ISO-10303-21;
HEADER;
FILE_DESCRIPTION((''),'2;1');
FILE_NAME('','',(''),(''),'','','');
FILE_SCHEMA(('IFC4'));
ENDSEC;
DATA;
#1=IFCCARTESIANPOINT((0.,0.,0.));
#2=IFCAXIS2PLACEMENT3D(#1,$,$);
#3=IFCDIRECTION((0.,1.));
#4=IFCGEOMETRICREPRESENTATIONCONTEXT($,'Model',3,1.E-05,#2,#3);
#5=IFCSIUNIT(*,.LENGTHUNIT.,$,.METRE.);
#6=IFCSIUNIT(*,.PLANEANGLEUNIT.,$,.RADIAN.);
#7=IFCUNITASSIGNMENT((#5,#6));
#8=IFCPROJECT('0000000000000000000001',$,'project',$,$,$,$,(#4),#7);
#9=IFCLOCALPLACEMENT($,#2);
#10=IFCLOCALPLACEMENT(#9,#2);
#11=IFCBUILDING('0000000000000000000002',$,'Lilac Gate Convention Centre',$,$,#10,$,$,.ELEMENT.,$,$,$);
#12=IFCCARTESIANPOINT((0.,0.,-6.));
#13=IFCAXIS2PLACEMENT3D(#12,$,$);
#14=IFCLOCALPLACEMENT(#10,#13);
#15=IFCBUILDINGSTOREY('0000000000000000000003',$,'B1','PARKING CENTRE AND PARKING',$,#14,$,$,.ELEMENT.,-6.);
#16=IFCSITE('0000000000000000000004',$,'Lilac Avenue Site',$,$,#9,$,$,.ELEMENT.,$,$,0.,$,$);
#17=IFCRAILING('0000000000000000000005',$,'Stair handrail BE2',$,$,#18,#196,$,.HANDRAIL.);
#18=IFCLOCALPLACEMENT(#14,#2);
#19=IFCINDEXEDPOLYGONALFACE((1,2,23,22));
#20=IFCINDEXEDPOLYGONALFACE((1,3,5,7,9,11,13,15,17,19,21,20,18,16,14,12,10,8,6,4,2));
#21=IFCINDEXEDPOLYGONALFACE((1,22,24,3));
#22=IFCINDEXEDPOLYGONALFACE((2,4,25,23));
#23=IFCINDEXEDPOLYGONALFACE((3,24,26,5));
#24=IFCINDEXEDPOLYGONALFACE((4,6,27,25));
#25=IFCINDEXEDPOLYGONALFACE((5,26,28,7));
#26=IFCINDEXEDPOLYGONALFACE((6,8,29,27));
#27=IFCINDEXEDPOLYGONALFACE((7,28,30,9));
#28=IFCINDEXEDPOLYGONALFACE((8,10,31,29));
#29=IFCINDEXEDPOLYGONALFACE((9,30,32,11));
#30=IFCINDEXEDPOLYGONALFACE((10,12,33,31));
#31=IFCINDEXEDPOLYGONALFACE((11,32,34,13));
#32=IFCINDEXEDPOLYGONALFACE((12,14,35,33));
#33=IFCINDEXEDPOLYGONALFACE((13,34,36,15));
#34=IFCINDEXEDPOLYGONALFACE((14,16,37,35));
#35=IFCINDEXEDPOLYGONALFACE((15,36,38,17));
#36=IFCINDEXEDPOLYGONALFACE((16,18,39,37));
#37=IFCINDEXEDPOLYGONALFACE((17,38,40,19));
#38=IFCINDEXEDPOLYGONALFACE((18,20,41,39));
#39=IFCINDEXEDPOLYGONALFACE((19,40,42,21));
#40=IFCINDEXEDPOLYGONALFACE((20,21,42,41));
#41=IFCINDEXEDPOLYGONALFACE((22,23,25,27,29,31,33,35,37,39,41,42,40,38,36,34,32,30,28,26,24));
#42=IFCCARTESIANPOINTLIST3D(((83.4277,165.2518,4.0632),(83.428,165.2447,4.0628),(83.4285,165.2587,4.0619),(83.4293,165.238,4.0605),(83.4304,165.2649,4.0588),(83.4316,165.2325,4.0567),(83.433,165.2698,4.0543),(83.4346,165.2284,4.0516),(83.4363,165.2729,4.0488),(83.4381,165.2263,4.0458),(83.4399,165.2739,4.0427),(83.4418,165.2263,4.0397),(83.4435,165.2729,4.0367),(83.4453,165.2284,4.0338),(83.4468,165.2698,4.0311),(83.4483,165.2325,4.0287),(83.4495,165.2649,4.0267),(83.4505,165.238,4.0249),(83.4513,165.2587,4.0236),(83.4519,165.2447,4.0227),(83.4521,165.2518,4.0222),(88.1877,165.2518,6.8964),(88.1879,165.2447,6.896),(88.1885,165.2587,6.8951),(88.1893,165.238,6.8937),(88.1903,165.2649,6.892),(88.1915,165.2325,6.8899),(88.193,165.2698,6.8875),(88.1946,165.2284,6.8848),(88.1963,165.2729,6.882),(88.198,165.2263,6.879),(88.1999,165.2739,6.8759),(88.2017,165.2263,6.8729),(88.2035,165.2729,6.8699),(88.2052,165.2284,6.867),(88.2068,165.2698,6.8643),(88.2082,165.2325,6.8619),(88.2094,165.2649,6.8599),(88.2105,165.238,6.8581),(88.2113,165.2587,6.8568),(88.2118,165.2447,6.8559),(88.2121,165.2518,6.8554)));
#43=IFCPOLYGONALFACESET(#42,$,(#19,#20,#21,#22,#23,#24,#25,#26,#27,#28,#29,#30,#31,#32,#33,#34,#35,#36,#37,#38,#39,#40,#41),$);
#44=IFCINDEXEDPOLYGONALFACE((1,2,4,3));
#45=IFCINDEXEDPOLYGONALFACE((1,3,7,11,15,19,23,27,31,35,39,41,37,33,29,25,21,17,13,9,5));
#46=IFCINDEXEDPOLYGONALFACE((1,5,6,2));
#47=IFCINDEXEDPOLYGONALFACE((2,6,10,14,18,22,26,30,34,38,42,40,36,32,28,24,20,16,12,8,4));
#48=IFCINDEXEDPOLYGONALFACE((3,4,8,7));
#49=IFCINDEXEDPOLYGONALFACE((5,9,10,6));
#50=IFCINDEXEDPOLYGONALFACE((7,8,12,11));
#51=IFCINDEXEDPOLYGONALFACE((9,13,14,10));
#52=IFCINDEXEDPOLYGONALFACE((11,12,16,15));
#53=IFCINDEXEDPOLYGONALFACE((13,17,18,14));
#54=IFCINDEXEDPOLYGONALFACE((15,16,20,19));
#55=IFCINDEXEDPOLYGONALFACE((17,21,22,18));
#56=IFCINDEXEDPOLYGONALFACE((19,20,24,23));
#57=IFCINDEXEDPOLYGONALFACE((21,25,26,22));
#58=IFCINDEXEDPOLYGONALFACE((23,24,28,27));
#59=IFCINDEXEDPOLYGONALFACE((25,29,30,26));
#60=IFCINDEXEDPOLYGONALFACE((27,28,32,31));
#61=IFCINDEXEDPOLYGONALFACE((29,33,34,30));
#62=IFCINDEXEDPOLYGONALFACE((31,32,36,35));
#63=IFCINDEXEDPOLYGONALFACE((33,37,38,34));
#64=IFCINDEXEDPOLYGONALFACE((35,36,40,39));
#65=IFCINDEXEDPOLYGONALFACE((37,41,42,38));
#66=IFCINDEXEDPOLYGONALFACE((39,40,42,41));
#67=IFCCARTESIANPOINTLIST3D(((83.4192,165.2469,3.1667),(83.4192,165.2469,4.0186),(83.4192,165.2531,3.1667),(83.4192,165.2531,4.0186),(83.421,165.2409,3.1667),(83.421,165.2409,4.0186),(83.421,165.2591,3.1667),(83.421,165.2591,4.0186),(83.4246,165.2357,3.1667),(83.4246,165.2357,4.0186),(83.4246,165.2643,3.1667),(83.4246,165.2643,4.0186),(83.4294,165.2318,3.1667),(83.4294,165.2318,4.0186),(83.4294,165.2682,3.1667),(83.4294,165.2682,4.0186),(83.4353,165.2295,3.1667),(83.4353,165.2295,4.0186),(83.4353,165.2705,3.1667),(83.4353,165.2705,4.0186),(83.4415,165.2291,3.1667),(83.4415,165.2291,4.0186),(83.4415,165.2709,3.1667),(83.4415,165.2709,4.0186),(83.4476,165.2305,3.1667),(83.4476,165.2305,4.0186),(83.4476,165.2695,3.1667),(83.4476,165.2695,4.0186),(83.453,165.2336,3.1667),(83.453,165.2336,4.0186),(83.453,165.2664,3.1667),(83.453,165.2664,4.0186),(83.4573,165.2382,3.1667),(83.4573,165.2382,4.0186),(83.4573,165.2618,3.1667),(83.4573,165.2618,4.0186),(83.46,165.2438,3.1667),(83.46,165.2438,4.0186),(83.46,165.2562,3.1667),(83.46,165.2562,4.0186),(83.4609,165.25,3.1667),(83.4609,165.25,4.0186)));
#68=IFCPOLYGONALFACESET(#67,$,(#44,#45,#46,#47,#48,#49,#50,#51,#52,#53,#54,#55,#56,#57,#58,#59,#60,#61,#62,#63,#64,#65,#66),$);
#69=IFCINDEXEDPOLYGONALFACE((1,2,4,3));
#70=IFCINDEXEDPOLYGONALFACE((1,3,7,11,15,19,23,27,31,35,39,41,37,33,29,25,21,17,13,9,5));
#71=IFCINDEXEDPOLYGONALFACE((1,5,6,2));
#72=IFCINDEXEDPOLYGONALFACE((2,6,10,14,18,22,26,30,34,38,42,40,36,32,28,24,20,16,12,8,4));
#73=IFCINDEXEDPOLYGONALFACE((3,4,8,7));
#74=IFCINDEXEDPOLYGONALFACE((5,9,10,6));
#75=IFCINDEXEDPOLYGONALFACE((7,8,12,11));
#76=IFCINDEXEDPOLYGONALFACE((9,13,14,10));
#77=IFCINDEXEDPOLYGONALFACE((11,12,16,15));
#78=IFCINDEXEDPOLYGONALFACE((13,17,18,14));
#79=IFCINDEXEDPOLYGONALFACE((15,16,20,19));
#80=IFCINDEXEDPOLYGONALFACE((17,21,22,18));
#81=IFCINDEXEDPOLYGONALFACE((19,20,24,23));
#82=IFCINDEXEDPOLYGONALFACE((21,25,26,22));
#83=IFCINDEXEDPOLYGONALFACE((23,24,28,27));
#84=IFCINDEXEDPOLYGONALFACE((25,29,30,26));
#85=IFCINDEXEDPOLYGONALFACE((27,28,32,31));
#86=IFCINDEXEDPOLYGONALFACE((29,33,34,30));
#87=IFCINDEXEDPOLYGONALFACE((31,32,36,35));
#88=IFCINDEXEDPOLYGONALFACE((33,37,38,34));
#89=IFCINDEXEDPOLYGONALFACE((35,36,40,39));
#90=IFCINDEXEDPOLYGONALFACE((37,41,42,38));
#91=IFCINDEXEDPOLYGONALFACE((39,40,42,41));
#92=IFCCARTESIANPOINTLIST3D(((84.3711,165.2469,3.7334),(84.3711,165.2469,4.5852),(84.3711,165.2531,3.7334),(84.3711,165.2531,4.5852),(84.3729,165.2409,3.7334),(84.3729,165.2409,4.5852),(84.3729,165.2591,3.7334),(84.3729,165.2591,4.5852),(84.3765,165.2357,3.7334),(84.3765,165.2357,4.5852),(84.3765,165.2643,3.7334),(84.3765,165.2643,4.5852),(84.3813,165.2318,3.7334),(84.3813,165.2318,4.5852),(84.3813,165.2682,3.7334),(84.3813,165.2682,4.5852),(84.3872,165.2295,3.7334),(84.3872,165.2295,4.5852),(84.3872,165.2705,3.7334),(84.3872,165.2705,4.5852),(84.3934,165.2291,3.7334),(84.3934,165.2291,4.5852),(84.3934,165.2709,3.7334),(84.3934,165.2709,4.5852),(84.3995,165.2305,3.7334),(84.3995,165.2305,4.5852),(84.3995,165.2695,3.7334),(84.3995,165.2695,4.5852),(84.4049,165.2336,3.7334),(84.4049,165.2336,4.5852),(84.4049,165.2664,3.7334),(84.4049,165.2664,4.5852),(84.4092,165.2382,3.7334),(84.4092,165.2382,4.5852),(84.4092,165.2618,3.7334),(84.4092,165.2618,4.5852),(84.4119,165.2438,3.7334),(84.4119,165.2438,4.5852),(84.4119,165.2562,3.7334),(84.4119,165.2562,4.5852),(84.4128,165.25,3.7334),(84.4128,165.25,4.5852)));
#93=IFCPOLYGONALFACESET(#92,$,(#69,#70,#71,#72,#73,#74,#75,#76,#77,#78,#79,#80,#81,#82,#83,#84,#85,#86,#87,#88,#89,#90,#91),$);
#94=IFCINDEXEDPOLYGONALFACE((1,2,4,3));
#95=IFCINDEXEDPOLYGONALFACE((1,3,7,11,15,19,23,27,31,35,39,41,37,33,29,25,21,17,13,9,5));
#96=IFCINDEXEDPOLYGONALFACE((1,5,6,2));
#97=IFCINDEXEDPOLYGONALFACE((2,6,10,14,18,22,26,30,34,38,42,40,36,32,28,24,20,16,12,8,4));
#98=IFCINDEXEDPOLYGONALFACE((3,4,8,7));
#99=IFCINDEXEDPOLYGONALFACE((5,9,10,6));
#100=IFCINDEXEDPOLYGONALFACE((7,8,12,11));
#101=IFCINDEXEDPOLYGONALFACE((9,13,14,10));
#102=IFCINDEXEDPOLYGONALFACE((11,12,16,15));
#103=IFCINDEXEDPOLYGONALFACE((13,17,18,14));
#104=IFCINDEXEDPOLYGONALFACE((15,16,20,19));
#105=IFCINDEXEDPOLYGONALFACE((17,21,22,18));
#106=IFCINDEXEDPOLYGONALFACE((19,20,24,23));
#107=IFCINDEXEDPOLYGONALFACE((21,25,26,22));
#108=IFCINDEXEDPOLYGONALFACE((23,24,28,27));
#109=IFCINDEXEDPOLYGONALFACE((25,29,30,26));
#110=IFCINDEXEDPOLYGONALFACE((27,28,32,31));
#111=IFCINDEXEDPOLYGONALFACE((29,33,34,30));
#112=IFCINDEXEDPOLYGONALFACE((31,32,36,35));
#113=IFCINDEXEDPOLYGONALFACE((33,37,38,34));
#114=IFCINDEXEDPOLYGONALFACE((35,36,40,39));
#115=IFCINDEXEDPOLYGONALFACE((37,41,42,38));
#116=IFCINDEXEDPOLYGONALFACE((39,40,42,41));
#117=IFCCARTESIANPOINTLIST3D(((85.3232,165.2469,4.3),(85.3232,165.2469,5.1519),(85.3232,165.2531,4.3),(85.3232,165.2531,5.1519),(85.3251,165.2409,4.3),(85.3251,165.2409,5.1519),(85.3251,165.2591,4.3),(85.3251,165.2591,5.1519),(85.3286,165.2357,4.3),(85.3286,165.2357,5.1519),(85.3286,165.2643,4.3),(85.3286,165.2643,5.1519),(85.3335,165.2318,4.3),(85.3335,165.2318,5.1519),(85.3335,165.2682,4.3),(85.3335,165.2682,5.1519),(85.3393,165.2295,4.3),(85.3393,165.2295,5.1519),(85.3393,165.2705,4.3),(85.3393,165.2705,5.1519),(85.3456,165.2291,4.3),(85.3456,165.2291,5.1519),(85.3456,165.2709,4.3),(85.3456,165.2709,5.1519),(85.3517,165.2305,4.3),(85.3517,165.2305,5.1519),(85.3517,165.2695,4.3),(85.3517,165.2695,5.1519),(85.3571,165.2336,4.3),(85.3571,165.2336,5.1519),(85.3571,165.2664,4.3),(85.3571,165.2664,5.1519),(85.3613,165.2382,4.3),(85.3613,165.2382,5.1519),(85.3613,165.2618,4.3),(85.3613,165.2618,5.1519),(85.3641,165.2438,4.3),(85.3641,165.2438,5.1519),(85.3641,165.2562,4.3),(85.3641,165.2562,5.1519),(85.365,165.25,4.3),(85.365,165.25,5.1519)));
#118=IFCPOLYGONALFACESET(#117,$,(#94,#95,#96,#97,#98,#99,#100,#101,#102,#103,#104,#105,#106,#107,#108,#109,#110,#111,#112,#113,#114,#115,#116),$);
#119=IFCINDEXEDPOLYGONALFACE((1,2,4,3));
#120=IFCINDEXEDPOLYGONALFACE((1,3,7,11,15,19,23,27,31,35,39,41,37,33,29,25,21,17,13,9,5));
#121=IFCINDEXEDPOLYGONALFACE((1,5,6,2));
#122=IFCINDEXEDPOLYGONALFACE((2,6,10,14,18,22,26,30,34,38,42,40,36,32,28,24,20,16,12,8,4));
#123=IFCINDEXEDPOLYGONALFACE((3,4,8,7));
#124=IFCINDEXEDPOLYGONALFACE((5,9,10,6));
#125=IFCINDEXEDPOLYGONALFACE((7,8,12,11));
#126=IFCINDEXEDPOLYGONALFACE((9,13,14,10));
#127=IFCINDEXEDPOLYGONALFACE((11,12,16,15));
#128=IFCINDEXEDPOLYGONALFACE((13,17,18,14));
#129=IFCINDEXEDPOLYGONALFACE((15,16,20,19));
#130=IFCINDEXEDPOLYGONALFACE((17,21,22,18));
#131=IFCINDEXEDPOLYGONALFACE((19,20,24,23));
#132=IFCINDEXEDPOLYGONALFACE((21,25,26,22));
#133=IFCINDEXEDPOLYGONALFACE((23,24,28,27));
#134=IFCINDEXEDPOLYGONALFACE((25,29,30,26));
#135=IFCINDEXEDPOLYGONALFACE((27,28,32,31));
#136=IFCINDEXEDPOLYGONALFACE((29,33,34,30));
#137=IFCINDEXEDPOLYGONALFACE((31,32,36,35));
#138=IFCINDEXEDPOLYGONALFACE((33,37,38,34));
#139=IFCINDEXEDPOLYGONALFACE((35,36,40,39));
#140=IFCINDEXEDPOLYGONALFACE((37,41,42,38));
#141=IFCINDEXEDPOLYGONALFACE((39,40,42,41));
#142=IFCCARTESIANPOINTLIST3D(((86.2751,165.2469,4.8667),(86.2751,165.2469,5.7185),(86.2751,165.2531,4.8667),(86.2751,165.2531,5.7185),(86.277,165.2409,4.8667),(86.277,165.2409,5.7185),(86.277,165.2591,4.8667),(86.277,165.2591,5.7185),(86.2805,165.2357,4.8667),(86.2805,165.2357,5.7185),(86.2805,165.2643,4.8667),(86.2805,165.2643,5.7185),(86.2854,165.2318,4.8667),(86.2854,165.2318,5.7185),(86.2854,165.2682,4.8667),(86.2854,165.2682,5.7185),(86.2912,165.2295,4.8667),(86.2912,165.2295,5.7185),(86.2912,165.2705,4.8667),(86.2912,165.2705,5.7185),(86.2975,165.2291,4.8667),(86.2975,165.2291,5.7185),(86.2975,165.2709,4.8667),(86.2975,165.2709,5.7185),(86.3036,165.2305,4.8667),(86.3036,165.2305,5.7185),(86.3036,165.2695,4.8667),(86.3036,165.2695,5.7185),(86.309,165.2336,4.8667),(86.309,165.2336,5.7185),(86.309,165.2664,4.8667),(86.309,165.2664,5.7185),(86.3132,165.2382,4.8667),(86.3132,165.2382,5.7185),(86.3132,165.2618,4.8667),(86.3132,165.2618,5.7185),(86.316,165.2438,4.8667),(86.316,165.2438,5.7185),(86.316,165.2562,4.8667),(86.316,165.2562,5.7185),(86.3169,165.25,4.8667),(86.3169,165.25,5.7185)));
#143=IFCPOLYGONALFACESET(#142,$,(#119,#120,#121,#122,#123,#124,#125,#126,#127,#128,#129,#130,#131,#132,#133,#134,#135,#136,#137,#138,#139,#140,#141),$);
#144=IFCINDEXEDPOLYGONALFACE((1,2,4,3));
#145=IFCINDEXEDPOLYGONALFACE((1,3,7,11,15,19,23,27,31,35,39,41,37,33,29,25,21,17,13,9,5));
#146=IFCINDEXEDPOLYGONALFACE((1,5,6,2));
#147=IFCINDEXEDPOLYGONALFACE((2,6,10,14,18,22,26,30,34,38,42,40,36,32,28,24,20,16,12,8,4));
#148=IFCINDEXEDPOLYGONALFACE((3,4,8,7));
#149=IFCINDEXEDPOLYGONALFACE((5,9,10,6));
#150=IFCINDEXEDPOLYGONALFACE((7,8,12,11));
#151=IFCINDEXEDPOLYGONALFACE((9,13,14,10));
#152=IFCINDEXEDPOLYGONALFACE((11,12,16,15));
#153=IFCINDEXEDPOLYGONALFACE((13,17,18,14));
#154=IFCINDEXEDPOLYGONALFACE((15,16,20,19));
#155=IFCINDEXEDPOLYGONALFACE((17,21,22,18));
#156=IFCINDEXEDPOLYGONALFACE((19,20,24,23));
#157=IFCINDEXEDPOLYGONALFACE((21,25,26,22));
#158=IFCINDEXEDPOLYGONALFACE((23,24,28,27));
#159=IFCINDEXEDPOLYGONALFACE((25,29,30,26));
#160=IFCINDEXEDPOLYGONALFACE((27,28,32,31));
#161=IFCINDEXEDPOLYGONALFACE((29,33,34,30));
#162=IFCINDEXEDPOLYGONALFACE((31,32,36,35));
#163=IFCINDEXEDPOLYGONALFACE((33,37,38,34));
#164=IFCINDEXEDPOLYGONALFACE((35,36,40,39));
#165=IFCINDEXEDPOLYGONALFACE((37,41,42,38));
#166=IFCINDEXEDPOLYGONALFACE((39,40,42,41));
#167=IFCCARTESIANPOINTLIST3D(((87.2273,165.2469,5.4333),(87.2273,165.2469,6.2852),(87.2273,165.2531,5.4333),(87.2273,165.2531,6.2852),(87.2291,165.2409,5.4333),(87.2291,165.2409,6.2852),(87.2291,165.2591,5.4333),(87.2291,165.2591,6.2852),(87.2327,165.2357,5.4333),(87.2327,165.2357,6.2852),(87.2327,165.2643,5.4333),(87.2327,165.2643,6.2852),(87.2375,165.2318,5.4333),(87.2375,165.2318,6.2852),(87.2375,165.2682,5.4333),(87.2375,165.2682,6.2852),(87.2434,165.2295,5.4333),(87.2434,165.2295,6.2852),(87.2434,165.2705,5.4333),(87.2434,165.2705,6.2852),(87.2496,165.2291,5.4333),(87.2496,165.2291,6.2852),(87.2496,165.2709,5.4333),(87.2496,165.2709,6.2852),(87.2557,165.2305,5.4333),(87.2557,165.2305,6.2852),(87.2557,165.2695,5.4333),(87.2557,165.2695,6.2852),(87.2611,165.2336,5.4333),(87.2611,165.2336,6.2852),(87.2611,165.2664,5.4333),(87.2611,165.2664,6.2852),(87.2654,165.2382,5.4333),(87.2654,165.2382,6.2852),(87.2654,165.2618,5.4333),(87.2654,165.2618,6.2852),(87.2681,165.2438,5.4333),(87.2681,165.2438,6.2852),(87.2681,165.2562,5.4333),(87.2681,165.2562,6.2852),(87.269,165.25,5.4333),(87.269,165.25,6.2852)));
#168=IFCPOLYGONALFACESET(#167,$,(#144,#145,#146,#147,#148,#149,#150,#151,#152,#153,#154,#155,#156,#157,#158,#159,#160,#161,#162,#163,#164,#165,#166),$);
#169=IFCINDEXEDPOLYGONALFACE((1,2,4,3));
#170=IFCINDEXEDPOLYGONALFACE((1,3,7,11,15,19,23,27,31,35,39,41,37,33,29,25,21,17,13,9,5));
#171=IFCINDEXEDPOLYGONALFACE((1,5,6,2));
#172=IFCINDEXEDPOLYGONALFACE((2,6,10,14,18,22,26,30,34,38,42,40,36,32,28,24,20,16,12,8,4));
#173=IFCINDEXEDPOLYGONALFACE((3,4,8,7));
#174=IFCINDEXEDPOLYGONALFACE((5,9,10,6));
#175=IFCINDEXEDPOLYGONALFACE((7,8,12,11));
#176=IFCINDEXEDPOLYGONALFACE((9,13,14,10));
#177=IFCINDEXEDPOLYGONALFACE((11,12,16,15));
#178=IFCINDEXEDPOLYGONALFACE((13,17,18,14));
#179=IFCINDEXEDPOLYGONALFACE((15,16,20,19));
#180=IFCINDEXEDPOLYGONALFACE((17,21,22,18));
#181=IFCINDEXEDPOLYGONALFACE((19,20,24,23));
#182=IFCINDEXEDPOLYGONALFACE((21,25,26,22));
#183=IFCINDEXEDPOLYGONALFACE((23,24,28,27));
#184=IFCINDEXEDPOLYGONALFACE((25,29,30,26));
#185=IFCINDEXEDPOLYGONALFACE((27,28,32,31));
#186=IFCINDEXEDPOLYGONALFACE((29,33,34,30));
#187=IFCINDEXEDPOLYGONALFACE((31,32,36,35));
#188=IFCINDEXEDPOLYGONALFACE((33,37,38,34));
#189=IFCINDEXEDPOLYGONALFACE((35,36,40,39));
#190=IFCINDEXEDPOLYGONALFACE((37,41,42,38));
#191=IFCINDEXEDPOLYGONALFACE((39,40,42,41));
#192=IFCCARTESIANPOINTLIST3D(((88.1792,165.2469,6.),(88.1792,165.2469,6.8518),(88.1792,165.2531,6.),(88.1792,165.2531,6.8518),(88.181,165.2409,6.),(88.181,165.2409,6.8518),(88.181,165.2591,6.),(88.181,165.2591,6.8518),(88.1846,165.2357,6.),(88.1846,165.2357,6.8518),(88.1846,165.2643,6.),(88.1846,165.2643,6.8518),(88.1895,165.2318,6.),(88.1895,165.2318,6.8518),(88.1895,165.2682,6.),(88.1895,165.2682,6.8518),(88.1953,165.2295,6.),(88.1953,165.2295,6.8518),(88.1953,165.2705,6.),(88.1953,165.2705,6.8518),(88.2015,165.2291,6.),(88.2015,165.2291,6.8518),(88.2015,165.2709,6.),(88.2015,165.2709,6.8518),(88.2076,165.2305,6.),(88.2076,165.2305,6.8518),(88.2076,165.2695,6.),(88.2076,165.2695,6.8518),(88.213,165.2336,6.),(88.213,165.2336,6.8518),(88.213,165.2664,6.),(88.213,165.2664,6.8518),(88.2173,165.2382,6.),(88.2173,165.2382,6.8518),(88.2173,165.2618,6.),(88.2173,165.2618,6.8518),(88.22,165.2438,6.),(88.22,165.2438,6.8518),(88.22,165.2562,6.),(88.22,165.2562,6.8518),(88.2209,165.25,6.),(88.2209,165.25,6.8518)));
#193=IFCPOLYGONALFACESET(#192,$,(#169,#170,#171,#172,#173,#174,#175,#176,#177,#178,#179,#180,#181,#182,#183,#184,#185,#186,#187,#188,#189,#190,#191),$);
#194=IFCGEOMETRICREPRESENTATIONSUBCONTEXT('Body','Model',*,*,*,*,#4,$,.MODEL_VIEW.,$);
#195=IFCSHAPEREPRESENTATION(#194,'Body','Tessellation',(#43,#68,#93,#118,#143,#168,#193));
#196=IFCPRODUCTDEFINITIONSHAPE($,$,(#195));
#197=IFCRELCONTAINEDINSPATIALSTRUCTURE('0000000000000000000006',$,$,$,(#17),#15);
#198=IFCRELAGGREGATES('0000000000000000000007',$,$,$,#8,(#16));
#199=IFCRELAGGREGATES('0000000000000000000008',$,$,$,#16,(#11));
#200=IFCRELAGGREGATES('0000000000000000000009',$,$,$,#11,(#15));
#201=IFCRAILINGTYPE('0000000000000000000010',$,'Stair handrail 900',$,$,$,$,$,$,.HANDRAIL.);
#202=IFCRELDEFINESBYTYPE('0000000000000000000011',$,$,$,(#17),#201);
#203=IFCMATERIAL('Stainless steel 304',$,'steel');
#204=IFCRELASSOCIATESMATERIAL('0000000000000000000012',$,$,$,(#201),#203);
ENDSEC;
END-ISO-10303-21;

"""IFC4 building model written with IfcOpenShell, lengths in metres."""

from ifc_helpers import new_model, si_unit, direction, frame, origin, origin_2d, place, context, subcontext, project, spatial, circle, extrude, material, type_object, element, save


model = new_model("IFC4")

# Units and contexts
model_context = context("Model", 3, precision=1e-05, world=origin(), true_north=direction((0.0, 1.0)))
body_context = subcontext(model_context, "Body", "Model", "MODEL_VIEW")
ifc_project = project(units=[si_unit("LENGTHUNIT", "METRE"), si_unit("PLANEANGLEUNIT", "RADIAN")], contexts=[model_context])

# Site, building, storey
site_placement = place(None, origin())
site = spatial("IfcSite", under=ifc_project, at=site_placement, Name="Lilac Avenue Site", CompositionType="ELEMENT", RefElevation=0.0)
building_placement = place(site_placement, origin())
building = spatial("IfcBuilding", under=site, at=building_placement, Name="Lilac Gate Convention Centre", CompositionType="ELEMENT")
storey_placement = place(building_placement, frame((0.0, 0.0, -6.0)))
storey = spatial("IfcBuildingStorey", under=building, at=storey_placement, Name="B1", Description="PARKING CENTRE AND PARKING", CompositionType="ELEMENT", Elevation=-6.0)

# Railing
ifc_material_1 = material(Name="Stainless steel 304", Category="steel")
railing_type = type_object("IfcRailingType", Name="Stair handrail 900", PredefinedType="HANDRAIL", material=ifc_material_1)
for number, where, name in (
    (1, (83.4399, 165.25, 3.1667), "Stair handrail BE2"),
):
    element("IfcRailing", number, at=place(storey_placement, frame(where)), inside=storey, type_object=railing_type, Name=name, PredefinedType="HANDRAIL", context=body_context, shape_type="SweptSolid", body=[
        extrude(circle(Radius=0.0239, at=origin_2d()), frame((0.0, 0.0, 0.876), z_axis=(0.8593, 0.0, 0.511472), x_axis=(0.0, 1.0, 0.0)), (0.0, 0.0, 1.0), 5.5393),
        extrude(circle(Radius=0.021, at=origin_2d()), origin(), (0.0, 0.0, 1.0), 0.8518),
        extrude(circle(Radius=0.021, at=origin_2d()), frame((0.9519, 0.0, 0.5667)), (0.0, 0.0, 1.0), 0.8518),
        extrude(circle(Radius=0.021, at=origin_2d()), frame((1.9041, 0.0, 1.1333)), (0.0, 0.0, 1.0), 0.8518),
        extrude(circle(Radius=0.021, at=origin_2d()), frame((2.856, 0.0, 1.7)), (0.0, 0.0, 1.0), 0.8518),
        extrude(circle(Radius=0.021, at=origin_2d()), frame((3.8081, 0.0, 2.2666)), (0.0, 0.0, 1.0), 0.8518),
        extrude(circle(Radius=0.021, at=origin_2d()), frame((4.76, 0.0, 2.8333)), (0.0, 0.0, 1.0), 0.8518),
    ])

save(model, "model.ifc")
